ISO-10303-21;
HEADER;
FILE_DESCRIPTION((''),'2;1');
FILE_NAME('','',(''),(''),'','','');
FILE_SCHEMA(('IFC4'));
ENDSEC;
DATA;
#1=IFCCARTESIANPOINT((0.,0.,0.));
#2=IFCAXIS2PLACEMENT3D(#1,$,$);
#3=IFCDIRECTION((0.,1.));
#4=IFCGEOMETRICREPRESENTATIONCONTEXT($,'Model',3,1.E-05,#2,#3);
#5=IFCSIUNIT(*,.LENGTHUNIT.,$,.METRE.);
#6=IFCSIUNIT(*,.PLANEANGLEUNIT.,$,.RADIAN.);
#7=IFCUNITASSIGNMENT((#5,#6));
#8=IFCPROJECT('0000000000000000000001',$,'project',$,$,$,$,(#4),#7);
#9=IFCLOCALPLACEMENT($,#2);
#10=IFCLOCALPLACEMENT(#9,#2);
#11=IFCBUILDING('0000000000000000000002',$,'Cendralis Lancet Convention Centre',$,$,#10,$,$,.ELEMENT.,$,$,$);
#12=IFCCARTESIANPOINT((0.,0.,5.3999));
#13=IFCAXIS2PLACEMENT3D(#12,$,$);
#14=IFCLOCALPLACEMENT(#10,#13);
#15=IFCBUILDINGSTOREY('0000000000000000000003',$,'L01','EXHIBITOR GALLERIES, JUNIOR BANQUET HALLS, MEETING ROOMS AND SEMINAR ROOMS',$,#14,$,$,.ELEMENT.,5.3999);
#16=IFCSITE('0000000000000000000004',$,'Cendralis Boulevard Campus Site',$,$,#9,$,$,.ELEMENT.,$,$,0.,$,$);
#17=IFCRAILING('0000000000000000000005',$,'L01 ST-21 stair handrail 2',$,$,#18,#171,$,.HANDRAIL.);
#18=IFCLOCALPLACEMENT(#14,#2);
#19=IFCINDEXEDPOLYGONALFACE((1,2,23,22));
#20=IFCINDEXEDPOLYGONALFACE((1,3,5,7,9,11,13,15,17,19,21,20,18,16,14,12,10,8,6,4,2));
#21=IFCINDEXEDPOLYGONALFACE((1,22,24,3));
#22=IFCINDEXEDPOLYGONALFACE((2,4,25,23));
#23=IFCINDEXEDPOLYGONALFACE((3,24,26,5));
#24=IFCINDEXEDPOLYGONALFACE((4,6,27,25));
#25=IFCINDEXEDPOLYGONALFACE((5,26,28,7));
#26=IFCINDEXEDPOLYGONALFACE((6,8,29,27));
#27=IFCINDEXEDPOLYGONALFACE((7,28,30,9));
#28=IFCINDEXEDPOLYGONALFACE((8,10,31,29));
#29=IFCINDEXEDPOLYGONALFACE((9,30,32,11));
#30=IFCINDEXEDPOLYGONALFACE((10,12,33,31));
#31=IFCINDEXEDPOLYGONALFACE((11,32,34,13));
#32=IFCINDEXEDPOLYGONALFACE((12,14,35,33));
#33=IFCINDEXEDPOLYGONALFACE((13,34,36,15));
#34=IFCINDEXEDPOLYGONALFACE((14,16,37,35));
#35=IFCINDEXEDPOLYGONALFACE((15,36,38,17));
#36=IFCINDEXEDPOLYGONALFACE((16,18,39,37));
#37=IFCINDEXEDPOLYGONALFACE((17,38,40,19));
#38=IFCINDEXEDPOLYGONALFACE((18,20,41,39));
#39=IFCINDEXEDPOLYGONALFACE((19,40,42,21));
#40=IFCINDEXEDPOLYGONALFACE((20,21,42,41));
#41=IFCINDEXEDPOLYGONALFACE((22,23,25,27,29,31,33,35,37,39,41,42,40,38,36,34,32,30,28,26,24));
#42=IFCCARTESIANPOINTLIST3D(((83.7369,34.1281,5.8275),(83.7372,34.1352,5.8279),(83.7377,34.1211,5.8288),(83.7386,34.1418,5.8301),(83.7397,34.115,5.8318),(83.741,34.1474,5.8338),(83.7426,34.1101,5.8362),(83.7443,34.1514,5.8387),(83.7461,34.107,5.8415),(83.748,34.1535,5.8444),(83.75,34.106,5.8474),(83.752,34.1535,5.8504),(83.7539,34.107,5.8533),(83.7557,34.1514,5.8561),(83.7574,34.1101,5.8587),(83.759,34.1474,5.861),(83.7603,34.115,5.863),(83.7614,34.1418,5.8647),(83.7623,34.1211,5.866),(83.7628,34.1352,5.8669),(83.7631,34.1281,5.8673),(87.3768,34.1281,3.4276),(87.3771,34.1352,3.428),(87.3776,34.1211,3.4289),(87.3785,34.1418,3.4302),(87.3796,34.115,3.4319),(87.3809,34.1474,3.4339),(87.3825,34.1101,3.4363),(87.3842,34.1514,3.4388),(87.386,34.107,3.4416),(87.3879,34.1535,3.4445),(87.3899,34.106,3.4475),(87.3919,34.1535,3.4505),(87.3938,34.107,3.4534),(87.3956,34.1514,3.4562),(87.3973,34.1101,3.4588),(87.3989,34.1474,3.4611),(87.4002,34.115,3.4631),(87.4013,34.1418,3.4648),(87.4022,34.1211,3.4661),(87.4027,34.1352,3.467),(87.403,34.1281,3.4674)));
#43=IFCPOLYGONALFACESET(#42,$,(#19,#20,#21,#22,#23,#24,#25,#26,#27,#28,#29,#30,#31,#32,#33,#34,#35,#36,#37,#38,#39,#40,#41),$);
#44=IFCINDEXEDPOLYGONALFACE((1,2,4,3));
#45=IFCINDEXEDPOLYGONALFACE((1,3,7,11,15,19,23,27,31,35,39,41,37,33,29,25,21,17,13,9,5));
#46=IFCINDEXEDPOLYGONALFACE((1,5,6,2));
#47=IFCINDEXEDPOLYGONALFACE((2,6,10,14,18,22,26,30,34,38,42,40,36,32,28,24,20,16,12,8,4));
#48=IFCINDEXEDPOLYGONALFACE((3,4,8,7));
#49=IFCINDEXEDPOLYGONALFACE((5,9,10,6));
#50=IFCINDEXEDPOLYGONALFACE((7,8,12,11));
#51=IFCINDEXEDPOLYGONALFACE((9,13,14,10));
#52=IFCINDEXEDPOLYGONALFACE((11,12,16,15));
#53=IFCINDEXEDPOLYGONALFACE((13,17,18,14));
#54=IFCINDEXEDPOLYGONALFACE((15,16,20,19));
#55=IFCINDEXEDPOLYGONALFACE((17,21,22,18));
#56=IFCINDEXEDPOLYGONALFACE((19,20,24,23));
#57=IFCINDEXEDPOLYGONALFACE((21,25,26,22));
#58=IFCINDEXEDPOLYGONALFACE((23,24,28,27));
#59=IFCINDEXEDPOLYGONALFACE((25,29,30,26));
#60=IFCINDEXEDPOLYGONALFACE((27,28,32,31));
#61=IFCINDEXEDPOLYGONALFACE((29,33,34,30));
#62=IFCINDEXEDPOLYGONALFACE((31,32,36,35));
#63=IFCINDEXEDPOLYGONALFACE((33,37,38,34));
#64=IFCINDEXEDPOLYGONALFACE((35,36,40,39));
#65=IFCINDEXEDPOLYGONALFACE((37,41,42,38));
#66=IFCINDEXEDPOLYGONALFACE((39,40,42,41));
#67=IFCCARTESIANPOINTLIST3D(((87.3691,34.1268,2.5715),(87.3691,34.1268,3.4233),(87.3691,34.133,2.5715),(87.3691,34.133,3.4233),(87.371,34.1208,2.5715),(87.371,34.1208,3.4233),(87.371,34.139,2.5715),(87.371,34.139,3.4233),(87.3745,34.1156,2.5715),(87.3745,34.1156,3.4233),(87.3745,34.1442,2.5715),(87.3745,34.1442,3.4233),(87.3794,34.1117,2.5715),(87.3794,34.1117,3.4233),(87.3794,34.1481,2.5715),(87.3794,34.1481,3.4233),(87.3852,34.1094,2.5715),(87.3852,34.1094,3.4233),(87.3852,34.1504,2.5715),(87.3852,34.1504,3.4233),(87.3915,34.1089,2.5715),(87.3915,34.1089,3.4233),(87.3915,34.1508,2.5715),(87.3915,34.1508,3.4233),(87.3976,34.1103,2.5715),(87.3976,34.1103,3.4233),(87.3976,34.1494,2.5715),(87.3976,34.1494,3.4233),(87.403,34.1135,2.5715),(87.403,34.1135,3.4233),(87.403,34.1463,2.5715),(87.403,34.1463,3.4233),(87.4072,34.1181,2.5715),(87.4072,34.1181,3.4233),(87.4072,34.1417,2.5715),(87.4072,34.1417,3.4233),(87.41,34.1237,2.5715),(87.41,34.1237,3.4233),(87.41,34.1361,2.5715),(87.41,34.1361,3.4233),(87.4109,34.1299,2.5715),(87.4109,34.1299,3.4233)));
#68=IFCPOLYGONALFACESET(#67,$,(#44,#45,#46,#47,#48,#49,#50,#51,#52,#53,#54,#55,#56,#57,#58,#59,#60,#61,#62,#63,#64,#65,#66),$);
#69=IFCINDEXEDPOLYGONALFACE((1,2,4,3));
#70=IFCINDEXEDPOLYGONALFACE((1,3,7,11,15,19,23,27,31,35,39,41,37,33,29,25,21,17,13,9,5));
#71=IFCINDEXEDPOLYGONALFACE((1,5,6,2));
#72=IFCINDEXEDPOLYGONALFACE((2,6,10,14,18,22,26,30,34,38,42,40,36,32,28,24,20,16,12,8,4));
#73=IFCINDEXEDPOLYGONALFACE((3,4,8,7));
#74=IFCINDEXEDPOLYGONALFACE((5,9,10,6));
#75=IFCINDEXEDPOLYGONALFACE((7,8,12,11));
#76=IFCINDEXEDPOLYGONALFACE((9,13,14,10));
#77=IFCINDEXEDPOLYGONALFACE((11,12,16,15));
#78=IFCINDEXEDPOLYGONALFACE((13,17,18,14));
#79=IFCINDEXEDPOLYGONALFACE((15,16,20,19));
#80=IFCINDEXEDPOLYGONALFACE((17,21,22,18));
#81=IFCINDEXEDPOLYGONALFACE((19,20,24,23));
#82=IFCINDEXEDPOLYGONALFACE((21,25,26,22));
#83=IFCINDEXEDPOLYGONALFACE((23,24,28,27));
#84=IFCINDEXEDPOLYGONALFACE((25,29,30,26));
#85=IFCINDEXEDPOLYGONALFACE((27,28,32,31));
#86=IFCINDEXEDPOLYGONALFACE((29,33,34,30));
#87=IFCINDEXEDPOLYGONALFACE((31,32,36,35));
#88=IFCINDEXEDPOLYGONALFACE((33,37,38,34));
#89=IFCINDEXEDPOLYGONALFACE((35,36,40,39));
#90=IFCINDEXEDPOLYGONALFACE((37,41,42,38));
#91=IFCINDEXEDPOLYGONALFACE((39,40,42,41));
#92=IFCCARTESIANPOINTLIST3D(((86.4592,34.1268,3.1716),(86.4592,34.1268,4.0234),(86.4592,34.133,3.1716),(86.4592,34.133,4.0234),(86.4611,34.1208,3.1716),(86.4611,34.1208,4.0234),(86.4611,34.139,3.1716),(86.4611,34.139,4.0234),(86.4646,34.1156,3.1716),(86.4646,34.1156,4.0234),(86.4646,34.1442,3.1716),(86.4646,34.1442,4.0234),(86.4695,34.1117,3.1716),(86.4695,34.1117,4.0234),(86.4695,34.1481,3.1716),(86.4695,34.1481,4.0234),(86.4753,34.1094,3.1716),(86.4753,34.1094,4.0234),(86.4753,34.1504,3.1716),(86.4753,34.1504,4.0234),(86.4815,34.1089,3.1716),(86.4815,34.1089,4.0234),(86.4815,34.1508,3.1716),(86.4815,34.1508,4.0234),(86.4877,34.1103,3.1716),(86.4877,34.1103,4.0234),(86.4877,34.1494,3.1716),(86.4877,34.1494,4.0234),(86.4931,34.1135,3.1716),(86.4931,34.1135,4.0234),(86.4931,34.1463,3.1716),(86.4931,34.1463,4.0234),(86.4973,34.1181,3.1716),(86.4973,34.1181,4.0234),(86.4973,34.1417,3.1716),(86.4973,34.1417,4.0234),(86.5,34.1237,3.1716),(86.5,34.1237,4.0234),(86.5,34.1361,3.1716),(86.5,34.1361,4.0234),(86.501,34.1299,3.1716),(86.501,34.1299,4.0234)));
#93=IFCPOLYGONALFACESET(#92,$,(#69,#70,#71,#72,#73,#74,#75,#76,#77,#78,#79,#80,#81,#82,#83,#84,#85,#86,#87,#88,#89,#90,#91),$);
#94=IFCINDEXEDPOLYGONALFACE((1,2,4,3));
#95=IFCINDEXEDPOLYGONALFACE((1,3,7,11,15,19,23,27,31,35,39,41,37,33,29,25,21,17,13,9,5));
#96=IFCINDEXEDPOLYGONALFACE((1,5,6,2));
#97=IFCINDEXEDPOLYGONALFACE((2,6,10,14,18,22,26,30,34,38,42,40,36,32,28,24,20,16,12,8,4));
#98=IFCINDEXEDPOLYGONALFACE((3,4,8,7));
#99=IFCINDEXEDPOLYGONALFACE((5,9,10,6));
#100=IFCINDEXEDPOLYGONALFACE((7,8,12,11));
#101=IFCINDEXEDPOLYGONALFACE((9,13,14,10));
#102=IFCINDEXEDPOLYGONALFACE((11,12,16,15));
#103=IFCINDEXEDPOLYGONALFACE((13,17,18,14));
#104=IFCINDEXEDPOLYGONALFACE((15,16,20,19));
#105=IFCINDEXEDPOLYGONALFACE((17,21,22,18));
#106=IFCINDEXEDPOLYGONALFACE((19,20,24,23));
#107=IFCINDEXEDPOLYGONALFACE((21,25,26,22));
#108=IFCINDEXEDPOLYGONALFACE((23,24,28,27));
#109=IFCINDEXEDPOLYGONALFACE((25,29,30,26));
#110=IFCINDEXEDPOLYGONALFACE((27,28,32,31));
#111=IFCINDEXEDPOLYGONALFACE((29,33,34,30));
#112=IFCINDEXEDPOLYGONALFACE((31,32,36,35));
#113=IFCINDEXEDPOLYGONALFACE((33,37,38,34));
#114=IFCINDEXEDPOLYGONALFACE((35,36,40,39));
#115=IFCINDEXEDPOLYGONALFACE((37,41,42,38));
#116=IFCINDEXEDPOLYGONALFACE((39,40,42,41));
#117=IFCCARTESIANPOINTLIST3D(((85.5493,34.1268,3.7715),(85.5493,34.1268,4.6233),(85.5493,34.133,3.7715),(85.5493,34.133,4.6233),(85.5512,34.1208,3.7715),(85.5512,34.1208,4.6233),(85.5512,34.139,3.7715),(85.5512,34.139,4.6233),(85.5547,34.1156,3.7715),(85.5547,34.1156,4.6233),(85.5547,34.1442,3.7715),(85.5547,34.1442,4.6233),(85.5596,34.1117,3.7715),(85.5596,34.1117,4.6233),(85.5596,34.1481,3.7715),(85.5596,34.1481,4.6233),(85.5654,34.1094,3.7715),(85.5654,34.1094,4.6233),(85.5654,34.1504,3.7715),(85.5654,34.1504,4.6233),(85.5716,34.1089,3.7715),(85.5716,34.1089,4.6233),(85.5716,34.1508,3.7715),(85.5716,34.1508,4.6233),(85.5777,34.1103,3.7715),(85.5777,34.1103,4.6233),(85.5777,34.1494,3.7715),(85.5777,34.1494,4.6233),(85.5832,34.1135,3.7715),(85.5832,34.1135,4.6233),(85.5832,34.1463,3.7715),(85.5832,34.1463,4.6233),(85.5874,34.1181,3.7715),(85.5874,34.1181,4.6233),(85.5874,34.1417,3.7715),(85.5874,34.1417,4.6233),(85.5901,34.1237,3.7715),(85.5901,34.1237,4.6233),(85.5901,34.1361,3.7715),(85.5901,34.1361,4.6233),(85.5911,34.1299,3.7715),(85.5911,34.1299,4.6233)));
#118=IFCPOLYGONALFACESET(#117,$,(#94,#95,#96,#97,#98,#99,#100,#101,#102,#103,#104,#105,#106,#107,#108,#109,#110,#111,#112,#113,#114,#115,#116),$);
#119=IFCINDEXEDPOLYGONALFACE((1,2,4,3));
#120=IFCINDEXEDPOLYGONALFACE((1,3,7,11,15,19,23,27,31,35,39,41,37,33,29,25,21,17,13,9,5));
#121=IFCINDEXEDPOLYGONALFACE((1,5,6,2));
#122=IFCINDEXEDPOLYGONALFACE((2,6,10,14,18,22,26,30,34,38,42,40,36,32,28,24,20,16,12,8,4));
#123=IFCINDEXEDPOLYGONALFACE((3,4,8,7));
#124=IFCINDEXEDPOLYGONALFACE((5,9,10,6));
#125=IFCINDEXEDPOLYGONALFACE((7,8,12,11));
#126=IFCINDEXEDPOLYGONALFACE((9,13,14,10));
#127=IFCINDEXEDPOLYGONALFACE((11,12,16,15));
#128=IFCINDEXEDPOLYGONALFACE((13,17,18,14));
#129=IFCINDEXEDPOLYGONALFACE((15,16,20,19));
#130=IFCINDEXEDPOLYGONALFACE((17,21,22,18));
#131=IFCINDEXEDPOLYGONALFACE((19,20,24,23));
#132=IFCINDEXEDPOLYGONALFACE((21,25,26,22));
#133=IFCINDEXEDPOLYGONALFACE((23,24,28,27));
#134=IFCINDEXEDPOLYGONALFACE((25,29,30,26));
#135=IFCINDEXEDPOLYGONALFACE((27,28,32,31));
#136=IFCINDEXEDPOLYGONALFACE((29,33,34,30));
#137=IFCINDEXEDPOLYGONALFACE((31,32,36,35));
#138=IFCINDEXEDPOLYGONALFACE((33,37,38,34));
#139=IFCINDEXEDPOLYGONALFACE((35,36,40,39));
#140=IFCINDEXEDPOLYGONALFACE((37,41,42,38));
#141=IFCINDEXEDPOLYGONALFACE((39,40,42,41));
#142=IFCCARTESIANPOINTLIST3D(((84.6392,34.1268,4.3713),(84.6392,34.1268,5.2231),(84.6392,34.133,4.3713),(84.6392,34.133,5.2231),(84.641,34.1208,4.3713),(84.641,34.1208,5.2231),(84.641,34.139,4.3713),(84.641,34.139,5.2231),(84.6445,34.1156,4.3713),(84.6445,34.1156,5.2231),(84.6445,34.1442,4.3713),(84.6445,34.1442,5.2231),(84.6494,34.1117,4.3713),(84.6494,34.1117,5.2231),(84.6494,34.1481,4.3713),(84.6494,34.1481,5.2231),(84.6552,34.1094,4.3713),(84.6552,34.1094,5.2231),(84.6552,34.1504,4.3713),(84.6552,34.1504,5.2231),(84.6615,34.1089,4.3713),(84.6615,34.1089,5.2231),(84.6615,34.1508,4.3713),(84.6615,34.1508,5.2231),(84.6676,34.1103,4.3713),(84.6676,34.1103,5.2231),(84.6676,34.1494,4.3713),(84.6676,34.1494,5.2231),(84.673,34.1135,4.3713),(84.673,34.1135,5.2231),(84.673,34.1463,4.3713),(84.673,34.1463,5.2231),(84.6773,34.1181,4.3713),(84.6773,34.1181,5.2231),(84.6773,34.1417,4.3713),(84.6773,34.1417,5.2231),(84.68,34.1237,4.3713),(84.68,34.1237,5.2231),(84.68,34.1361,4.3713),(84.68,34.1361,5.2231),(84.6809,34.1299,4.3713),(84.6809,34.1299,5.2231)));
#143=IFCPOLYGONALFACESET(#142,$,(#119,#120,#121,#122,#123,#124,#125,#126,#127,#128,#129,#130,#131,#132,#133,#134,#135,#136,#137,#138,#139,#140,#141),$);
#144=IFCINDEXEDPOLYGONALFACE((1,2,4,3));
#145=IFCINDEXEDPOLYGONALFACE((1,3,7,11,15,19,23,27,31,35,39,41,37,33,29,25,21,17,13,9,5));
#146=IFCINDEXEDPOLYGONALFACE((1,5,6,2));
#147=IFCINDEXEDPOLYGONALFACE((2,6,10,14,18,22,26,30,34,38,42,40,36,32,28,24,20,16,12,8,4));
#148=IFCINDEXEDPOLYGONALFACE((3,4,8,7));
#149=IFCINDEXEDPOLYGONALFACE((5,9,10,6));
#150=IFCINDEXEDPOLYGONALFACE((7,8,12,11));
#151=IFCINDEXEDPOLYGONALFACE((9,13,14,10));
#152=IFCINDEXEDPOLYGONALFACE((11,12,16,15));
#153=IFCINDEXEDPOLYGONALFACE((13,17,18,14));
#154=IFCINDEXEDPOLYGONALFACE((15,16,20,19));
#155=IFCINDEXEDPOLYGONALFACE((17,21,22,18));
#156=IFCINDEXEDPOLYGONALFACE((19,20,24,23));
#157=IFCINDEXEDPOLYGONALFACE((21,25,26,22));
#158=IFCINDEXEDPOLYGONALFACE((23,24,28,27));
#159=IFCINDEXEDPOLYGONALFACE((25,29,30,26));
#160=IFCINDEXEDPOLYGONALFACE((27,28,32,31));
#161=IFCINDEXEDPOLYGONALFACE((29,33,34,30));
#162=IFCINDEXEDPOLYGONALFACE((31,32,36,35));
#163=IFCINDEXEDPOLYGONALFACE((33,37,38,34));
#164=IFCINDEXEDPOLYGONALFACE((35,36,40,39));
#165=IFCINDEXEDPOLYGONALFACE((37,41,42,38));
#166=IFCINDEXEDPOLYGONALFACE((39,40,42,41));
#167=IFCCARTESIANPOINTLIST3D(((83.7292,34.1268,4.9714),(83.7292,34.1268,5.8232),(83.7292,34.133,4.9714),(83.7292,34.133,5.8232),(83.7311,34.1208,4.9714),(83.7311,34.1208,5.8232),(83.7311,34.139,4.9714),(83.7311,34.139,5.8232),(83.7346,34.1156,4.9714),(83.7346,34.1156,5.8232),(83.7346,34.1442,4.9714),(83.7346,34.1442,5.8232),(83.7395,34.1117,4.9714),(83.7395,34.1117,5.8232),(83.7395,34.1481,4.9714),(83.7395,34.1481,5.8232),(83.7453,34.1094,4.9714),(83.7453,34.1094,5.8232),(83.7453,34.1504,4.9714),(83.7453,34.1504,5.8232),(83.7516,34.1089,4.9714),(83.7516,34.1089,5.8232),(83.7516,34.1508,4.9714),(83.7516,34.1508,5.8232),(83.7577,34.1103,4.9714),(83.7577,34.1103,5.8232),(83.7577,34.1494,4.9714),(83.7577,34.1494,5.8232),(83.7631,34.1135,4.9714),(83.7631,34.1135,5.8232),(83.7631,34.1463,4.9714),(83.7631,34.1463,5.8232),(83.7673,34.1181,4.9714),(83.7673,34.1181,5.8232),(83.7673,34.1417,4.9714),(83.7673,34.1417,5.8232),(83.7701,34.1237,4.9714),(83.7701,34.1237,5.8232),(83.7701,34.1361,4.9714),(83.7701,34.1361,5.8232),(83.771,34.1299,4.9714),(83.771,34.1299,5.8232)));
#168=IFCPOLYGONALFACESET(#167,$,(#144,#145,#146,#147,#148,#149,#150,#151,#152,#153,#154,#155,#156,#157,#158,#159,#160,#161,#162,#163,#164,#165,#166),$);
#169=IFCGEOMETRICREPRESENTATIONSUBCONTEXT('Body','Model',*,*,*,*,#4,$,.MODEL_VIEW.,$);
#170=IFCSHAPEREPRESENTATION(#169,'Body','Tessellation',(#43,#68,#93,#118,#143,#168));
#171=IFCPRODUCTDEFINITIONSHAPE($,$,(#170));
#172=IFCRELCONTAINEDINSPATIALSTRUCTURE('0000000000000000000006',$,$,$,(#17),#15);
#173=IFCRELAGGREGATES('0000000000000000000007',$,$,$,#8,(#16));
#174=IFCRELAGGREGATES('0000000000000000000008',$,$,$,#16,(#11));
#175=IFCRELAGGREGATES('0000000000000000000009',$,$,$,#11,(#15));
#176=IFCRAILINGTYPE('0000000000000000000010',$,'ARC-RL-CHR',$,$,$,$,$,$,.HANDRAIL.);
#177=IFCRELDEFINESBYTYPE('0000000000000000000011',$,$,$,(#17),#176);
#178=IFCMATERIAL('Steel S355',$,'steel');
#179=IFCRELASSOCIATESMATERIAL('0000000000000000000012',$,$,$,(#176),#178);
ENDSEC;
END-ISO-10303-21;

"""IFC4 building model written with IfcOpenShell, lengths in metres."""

from ifc_helpers import new_model, si_unit, direction, frame, origin, origin_2d, place, context, subcontext, project, spatial, circle, extrude, material, type_object, element, save


model = new_model("IFC4")

# Units and contexts
model_context = context("Model", 3, precision=1e-05, world=origin(), true_north=direction((0.0, 1.0)))
body_context = subcontext(model_context, "Body", "Model", "MODEL_VIEW")
ifc_project = project(units=[si_unit("LENGTHUNIT", "METRE"), si_unit("PLANEANGLEUNIT", "RADIAN")], contexts=[model_context])

# Site, building, storey
site_placement = place(None, origin())
site = spatial("IfcSite", under=ifc_project, at=site_placement, Name="Cendralis Boulevard Campus Site", CompositionType="ELEMENT", RefElevation=0.0)
building_placement = place(site_placement, origin())
building = spatial("IfcBuilding", under=site, at=building_placement, Name="Cendralis Lancet Convention Centre", CompositionType="ELEMENT")
storey_placement = place(building_placement, frame((0.0, 0.0, 5.3999)))
storey = spatial("IfcBuildingStorey", under=building, at=storey_placement, Name="L01", Description="EXHIBITOR GALLERIES, JUNIOR BANQUET HALLS, MEETING ROOMS AND SEMINAR ROOMS", CompositionType="ELEMENT", Elevation=5.3999)

# Shared definitions
ifc_material_1 = material(Name="Steel S355", Category="steel")

# Railing
railing_type_1 = type_object("IfcRailingType", Name="ARC-RL-CHR", PredefinedType="HANDRAIL", material=ifc_material_1)
railing_1_placement = place(storey_placement, frame((87.3899, 34.1299, 2.5715)))
element("IfcRailing", 1, at=railing_1_placement, inside=storey, type_object=railing_type_1, Name="L01 ST-21 stair handrail 2", PredefinedType="HANDRAIL", context=body_context, shape_type="SweptSolid", body=[
    extrude(circle(Radius=0.0239, at=origin_2d()), frame((0.0, 0.0, 0.876), z_axis=(-0.834865, 0.0, 0.550454), x_axis=(0.0, -1.0, 0.0)), (0.0, 0.0, 1.0), 4.3599),
    extrude(circle(Radius=0.021, at=origin_2d()), origin(), (0.0, 0.0, 1.0), 0.8518),
    extrude(circle(Radius=0.021, at=origin_2d()), frame((-0.9099, 0.0, 0.6001)), (0.0, 0.0, 1.0), 0.8518),
    extrude(circle(Radius=0.021, at=origin_2d()), frame((-1.8198, 0.0, 1.2)), (0.0, 0.0, 1.0), 0.8518),
    extrude(circle(Radius=0.021, at=origin_2d()), frame((-2.73, 0.0, 1.7998)), (0.0, 0.0, 1.0), 0.8518),
    extrude(circle(Radius=0.021, at=origin_2d()), frame((-3.6399, 0.0, 2.3999)), (0.0, 0.0, 1.0), 0.8518),
])

save(model, "model.ifc")
